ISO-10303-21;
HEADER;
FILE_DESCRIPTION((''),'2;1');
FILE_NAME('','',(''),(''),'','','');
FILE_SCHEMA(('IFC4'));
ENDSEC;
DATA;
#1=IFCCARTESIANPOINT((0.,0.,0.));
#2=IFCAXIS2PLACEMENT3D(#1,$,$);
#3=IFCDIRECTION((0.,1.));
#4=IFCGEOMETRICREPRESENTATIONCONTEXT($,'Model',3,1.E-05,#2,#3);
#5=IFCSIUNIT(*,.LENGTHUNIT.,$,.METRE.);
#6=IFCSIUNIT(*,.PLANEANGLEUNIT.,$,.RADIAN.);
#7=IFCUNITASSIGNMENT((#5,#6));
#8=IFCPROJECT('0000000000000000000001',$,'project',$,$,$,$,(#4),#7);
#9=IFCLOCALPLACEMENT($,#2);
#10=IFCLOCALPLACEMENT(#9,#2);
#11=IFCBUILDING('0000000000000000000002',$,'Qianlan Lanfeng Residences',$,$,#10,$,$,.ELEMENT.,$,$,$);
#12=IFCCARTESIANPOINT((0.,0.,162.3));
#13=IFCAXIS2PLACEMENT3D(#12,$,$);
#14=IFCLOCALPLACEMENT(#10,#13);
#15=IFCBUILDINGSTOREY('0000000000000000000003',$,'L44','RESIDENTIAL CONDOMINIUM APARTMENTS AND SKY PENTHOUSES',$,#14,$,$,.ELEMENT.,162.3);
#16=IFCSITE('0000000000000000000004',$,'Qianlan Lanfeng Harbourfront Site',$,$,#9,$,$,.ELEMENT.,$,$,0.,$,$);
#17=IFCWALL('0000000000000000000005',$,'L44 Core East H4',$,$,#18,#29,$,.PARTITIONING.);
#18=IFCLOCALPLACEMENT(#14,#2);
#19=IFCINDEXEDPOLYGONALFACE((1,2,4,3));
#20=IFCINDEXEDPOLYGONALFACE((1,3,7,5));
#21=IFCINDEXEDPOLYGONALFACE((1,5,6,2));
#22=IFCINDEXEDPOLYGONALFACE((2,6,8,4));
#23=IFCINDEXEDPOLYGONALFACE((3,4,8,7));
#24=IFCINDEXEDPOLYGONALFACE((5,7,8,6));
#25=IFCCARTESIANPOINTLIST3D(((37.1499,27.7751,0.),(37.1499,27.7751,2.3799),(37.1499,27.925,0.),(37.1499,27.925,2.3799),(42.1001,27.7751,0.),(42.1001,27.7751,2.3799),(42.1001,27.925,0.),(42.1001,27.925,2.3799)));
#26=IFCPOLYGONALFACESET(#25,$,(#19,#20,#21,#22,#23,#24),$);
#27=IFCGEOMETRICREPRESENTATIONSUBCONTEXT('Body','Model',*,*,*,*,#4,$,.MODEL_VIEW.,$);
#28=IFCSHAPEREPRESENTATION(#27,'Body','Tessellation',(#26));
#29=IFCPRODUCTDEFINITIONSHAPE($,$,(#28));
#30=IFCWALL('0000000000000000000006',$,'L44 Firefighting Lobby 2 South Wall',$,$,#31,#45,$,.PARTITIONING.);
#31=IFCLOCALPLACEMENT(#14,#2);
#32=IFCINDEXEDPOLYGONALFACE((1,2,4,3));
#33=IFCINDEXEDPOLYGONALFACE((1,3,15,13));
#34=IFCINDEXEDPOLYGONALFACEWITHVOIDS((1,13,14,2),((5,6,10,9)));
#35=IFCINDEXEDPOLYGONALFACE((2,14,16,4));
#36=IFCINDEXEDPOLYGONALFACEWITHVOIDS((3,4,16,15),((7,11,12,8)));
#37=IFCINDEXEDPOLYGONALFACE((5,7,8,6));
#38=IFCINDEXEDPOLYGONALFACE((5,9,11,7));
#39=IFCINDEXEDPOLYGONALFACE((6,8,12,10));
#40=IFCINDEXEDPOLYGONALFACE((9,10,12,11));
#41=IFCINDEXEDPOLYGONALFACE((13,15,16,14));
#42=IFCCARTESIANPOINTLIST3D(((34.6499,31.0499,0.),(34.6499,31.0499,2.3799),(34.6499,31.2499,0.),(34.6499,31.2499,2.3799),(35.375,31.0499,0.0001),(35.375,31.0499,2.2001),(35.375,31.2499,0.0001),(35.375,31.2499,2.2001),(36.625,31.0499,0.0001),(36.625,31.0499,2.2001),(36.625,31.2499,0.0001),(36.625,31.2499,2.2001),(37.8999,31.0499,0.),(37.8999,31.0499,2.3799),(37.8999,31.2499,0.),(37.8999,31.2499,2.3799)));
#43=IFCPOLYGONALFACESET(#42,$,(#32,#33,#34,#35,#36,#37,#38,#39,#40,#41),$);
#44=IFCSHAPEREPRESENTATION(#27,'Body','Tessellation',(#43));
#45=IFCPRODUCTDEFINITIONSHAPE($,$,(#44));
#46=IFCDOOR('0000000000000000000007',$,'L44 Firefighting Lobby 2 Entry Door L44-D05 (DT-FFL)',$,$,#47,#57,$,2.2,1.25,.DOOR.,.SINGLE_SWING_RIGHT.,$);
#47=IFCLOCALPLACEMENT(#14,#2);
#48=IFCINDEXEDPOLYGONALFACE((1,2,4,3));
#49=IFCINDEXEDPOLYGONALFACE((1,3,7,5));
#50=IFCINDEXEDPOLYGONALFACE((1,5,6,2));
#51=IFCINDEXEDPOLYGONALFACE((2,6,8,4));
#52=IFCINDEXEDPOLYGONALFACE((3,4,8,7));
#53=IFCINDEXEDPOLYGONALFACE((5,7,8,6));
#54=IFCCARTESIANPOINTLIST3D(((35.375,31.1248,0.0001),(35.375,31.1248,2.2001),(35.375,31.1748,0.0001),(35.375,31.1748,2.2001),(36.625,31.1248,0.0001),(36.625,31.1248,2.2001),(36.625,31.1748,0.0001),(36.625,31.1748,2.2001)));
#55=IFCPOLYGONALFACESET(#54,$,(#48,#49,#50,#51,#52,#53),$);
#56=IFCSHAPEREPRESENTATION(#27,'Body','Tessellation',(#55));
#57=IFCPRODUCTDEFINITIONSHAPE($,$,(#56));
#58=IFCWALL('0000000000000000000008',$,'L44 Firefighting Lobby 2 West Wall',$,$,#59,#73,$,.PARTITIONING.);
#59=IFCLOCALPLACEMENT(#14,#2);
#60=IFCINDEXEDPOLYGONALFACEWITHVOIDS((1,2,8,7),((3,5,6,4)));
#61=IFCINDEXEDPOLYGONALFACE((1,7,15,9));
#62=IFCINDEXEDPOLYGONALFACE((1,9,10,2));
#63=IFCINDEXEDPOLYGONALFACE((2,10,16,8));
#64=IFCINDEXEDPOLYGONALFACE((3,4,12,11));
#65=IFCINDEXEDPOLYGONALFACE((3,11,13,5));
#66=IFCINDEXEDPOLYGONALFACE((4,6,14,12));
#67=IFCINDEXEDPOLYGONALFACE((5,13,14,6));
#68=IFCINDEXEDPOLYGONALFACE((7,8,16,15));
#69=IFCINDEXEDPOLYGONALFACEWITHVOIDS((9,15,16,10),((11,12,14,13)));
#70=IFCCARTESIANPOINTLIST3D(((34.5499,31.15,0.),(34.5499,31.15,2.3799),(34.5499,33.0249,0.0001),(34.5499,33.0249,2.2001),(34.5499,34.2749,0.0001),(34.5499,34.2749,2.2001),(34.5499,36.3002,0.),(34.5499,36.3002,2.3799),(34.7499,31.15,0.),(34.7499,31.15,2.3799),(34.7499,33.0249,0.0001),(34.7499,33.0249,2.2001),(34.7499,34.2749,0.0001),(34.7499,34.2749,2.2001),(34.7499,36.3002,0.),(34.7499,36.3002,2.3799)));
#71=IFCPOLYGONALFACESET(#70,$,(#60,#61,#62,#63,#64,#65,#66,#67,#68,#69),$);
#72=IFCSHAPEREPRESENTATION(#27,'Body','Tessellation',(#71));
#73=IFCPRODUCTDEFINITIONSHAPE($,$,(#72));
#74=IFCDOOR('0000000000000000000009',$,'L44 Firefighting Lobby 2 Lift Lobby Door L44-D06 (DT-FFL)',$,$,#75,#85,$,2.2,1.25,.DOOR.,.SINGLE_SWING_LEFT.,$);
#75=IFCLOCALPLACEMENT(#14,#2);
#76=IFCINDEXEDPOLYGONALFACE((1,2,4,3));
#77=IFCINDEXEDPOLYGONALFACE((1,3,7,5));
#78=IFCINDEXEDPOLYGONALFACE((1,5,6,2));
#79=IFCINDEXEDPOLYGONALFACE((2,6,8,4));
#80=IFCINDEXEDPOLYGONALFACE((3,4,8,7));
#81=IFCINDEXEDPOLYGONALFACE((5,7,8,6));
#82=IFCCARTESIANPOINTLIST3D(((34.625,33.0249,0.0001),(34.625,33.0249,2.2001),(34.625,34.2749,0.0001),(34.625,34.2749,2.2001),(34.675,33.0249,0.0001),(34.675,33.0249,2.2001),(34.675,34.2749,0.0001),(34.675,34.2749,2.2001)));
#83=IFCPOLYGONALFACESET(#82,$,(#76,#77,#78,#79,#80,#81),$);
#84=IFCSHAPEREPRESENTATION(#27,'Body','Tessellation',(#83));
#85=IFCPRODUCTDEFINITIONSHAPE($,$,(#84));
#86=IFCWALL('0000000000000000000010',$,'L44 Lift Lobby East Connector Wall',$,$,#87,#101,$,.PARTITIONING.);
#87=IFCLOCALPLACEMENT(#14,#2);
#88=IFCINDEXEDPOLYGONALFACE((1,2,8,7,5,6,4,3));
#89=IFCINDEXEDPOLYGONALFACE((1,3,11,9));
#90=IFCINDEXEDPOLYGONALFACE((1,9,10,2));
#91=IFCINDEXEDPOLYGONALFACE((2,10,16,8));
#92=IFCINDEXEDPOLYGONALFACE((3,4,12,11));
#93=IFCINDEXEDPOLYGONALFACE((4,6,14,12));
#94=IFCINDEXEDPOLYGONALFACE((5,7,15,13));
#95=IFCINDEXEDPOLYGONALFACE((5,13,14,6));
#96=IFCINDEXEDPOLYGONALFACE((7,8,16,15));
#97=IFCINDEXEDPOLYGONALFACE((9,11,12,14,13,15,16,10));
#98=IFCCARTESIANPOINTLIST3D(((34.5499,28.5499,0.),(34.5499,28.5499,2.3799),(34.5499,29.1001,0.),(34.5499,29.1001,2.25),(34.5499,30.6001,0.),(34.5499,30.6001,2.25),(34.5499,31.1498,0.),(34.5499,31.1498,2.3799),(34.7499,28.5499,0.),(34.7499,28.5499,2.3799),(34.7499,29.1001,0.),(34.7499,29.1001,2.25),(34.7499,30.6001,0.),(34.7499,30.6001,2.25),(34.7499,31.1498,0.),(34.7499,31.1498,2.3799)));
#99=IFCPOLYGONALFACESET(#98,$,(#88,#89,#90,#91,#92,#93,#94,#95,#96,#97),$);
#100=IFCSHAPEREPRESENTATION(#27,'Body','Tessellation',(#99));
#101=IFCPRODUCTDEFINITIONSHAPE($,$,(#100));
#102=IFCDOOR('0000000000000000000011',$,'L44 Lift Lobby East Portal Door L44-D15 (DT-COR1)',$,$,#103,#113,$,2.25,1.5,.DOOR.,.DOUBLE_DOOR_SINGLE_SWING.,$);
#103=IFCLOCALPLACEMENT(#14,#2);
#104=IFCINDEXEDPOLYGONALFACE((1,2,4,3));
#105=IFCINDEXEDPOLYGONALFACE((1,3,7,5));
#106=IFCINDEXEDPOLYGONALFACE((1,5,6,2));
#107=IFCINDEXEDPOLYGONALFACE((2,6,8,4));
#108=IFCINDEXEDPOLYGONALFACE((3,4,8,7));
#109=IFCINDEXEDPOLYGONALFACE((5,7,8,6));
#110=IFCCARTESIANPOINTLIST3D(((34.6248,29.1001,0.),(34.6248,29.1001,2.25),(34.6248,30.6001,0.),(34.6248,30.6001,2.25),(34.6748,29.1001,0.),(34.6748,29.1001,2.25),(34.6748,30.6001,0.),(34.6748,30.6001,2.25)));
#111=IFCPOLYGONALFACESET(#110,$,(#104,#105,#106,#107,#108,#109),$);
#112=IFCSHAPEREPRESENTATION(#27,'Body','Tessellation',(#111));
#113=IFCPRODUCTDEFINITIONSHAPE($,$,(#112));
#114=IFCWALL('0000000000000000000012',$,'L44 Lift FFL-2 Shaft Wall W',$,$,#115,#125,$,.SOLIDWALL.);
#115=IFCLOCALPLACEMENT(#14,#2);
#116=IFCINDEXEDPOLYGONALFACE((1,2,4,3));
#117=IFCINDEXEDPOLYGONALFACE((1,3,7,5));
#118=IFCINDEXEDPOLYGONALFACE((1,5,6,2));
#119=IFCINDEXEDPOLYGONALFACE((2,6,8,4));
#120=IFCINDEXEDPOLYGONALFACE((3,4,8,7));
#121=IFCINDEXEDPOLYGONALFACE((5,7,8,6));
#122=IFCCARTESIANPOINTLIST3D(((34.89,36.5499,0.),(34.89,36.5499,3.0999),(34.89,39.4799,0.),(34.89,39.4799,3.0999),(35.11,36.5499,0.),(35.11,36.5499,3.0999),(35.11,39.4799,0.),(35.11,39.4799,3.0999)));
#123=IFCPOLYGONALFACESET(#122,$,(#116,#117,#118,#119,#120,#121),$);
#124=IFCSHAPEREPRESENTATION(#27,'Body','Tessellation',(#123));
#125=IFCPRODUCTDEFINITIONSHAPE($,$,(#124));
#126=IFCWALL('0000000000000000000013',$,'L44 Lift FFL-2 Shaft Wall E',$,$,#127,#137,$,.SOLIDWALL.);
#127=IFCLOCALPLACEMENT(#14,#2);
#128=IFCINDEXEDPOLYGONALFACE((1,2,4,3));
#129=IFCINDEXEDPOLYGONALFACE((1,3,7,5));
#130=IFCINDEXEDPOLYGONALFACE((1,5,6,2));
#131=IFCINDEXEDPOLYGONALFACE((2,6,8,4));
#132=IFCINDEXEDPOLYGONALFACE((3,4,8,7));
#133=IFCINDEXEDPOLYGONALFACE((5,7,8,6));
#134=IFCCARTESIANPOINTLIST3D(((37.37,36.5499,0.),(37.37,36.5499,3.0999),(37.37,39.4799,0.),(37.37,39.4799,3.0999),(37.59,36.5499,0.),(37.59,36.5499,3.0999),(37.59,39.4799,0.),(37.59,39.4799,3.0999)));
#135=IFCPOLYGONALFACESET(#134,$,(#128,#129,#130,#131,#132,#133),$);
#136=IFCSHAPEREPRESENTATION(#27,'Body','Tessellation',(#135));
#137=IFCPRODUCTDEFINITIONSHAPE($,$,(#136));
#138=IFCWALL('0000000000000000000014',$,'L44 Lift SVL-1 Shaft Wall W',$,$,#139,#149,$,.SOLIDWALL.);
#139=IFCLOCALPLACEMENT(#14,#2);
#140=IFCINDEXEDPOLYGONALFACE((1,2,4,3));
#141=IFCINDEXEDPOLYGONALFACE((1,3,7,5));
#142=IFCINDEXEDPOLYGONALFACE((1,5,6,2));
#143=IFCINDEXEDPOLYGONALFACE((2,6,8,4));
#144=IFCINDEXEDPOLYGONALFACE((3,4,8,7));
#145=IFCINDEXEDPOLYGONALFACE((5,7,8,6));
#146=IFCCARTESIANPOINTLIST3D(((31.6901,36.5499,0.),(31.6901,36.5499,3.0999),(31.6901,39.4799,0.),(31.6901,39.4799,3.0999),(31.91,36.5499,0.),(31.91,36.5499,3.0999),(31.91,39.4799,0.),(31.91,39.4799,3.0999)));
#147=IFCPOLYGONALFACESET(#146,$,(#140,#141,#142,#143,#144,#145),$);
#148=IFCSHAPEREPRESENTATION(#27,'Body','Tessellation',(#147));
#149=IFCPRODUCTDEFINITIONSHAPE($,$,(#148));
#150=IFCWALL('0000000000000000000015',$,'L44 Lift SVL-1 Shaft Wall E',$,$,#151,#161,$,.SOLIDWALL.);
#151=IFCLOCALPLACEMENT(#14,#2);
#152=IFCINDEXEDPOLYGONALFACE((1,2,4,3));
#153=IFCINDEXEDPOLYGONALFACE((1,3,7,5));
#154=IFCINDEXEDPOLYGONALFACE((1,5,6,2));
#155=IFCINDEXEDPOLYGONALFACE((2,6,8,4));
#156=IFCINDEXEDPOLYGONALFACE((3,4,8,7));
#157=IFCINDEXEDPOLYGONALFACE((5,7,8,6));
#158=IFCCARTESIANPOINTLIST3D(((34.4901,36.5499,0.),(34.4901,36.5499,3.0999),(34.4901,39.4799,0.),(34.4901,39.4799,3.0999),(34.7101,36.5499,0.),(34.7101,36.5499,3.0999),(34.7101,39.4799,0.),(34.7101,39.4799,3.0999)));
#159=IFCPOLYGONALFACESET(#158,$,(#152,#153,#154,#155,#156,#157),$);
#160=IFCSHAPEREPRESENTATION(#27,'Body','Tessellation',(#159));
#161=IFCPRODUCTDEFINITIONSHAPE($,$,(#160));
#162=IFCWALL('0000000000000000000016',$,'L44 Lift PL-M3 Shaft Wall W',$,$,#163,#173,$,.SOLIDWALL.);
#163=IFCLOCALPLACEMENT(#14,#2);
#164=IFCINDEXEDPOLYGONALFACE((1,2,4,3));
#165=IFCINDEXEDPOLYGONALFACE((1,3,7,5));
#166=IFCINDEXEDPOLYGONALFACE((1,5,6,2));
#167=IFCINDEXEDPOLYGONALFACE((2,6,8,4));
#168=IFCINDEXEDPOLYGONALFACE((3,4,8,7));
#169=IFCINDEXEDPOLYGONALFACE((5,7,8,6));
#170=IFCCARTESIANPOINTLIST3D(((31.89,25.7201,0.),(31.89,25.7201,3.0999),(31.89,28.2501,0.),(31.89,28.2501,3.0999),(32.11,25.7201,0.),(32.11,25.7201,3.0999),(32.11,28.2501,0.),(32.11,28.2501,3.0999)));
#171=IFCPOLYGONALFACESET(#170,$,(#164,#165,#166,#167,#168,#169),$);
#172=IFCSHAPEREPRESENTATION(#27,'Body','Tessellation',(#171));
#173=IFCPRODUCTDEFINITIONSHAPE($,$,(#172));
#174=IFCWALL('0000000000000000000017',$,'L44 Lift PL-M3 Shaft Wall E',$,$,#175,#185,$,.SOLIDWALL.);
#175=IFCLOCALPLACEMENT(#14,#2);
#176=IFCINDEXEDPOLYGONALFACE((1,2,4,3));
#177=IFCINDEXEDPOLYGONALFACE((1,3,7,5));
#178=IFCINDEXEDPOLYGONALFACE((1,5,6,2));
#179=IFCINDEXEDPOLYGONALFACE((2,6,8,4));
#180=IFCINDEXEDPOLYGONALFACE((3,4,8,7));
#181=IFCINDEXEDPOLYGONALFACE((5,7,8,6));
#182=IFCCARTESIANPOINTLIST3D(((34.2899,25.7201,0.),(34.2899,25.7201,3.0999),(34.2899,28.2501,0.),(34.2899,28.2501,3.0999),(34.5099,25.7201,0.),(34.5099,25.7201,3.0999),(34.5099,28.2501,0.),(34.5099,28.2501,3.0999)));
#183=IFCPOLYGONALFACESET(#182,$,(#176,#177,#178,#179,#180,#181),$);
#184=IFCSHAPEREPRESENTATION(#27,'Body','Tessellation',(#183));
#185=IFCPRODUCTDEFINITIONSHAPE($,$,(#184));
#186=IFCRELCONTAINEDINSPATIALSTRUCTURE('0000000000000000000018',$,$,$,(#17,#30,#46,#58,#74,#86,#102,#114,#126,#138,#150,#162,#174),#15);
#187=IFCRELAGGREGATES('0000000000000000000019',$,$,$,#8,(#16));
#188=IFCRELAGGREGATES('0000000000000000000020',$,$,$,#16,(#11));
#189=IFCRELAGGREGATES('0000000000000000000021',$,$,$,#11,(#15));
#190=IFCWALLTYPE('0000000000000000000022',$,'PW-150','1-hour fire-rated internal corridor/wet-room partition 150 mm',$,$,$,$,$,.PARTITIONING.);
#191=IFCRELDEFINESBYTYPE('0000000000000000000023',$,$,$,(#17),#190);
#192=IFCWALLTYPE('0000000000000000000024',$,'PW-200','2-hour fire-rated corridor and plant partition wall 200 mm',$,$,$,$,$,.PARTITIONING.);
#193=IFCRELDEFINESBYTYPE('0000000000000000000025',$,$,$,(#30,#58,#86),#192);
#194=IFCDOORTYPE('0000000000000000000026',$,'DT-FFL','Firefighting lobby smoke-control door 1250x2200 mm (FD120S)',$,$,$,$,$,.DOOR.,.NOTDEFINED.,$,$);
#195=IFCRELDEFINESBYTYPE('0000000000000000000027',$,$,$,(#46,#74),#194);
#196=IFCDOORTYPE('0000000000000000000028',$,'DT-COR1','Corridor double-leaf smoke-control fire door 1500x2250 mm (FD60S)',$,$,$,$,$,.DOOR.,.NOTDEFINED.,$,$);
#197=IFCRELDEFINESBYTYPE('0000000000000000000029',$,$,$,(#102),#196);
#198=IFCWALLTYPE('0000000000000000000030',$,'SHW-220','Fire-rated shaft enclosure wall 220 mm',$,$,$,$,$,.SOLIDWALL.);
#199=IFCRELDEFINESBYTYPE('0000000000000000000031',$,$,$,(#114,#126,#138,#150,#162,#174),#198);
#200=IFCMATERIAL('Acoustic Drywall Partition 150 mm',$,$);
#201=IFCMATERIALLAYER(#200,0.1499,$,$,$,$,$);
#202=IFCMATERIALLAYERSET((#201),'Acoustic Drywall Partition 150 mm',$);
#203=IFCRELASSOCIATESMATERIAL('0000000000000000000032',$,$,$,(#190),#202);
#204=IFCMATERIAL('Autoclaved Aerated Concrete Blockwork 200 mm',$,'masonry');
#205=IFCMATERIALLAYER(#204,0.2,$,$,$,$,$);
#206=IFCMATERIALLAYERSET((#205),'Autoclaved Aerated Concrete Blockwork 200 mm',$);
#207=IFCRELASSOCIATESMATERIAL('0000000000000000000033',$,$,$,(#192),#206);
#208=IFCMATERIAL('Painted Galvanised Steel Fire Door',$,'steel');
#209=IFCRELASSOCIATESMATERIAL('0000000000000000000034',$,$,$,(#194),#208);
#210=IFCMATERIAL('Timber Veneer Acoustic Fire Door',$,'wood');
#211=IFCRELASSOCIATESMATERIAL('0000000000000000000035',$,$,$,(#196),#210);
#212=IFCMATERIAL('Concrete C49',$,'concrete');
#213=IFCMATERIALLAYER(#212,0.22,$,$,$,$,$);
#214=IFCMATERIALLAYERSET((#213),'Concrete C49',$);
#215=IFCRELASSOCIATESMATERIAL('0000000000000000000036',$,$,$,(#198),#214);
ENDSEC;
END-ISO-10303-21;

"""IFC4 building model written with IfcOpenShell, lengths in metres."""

from ifc_helpers import new_model, si_unit, direction, frame, frame_2d, origin, place, context, subcontext, project, spatial, rectangle, extrude, material, layer, layer_set, type_object, element, fill, save


model = new_model("IFC4")

# Units and contexts
model_context = context("Model", 3, precision=1e-05, world=origin(), true_north=direction((0.0, 1.0)))
body_context = subcontext(model_context, "Body", "Model", "MODEL_VIEW")
ifc_project = project(units=[si_unit("LENGTHUNIT", "METRE"), si_unit("PLANEANGLEUNIT", "RADIAN")], contexts=[model_context])

# Site, building, storey
site_placement = place(None, origin())
site = spatial("IfcSite", under=ifc_project, at=site_placement, Name="Qianlan Lanfeng Harbourfront Site", CompositionType="ELEMENT", RefElevation=0.0)
building_placement = place(site_placement, origin())
building = spatial("IfcBuilding", under=site, at=building_placement, Name="Qianlan Lanfeng Residences", CompositionType="ELEMENT")
storey_placement = place(building_placement, frame((0.0, 0.0, 162.3)))
storey = spatial("IfcBuildingStorey", under=building, at=storey_placement, Name="L44", Description="RESIDENTIAL CONDOMINIUM APARTMENTS AND SKY PENTHOUSES", CompositionType="ELEMENT", Elevation=162.3)

# Wall
ifc_material_1 = material(Name="Acoustic Drywall Partition 150 mm")
ifc_layer_1 = layer(ifc_material_1, 0.1499)
ifc_layer_set_1 = layer_set([ifc_layer_1], Name="Acoustic Drywall Partition 150 mm")
wall_type_1 = type_object("IfcWallType", Name="PW-150", Description="1-hour fire-rated internal corridor/wet-room partition 150 mm", PredefinedType="PARTITIONING", material=ifc_layer_set_1)
wall_1_placement = place(storey_placement, frame((37.1499, 27.8501, 0.0), z_axis=(0.0, 0.0, 1.0), x_axis=(1.0, 0.0, 0.0)))
element("IfcWall", 1, at=wall_1_placement, inside=storey, type_object=wall_type_1, Name="L44 Core East H4", PredefinedType="PARTITIONING", context=body_context, shape_type="SweptSolid", body=[
    extrude(rectangle(XDim=4.9502, YDim=0.1499, at=frame_2d((2.4751, 0.0))), origin(), (0.0, 0.0, 1.0), 2.3799),
])

# Walls, openings, doors
ifc_material_2 = material(Name="Autoclaved Aerated Concrete Blockwork 200 mm", Category="masonry")
ifc_layer_2 = layer(ifc_material_2, 0.2)
ifc_layer_set_2 = layer_set([ifc_layer_2], Name="Autoclaved Aerated Concrete Blockwork 200 mm")
wall_type_2 = type_object("IfcWallType", Name="PW-200", Description="2-hour fire-rated corridor and plant partition wall 200 mm", PredefinedType="PARTITIONING", material=ifc_layer_set_2)
wall_2_placement = place(storey_placement, frame((34.6499, 31.1499, 0.0), z_axis=(0.0, 0.0, 1.0), x_axis=(1.0, 0.0, 0.0)))
wall_2 = element("IfcWall", 2, at=wall_2_placement, inside=storey, type_object=wall_type_2, Name="L44 Firefighting Lobby 2 South Wall", PredefinedType="PARTITIONING", context=body_context, shape_type="SweptSolid", body=[
    extrude(rectangle(XDim=3.25, YDim=0.2, at=frame_2d((1.625, 0.0))), origin(), (0.0, 0.0, 1.0), 2.3799),
])
opening_1_placement = place(wall_2_placement, frame((0.7251, 0.0, 0.0)))
opening_1 = element("IfcOpeningElement", 3, at=opening_1_placement, cuts=wall_2, PredefinedType="OPENING", context=body_context, shape_type="SweptSolid", body=[
    extrude(rectangle(XDim=1.25, YDim=2.2, at=frame_2d((0.625, 1.1001))), frame((0.0, 0.1099, 0.0), z_axis=(0.0, -1.0, 0.0), x_axis=(1.0, 0.0, 0.0)), (0.0, 0.0, 1.0), 0.22),
])
ifc_material_3 = material(Name="Painted Galvanised Steel Fire Door", Category="steel")
door_type_1 = type_object("IfcDoorType", Name="DT-FFL", Description="Firefighting lobby smoke-control door 1250x2200 mm (FD120S)", OperationType="NOTDEFINED", PredefinedType="DOOR", material=ifc_material_3)
door_1_placement = place(opening_1_placement, origin())
door_1 = element("IfcDoor", 4, at=door_1_placement, inside=storey, type_object=door_type_1, Name="L44 Firefighting Lobby 2 Entry Door L44-D05 (DT-FFL)", OperationType="SINGLE_SWING_RIGHT", OverallHeight=2.2, OverallWidth=1.25, PredefinedType="DOOR", context=body_context, shape_type="SweptSolid", body=[
    extrude(rectangle(XDim=1.25, YDim=2.2, at=frame_2d((0.625, 1.1001))), frame((0.0, 0.0249, 0.0), z_axis=(0.0, -1.0, 0.0), x_axis=(1.0, 0.0, 0.0)), (0.0, 0.0, 1.0), 0.05),
])
fill(opening_1, door_1)
wall_3_placement = place(storey_placement, frame((34.6499, 31.1499, 0.0), z_axis=(0.0, 0.0, 1.0), x_axis=(0.0, 1.0, 0.0)))
wall_3 = element("IfcWall", 5, at=wall_3_placement, inside=storey, type_object=wall_type_2, Name="L44 Firefighting Lobby 2 West Wall", PredefinedType="PARTITIONING", context=body_context, shape_type="SweptSolid", body=[
    extrude(rectangle(XDim=5.1501, YDim=0.2, at=frame_2d((2.5752, 0.0))), origin(), (0.0, 0.0, 1.0), 2.3799),
])
opening_2_placement = place(wall_3_placement, frame((1.875, 0.0, 0.0)))
opening_2 = element("IfcOpeningElement", 6, at=opening_2_placement, cuts=wall_3, PredefinedType="OPENING", context=body_context, shape_type="SweptSolid", body=[
    extrude(rectangle(XDim=1.25, YDim=2.2, at=frame_2d((0.625, 1.1001))), frame((0.0, 0.1099, 0.0), z_axis=(0.0, -1.0, 0.0), x_axis=(1.0, 0.0, 0.0)), (0.0, 0.0, 1.0), 0.22),
])
door_2_placement = place(opening_2_placement, origin())
door_2 = element("IfcDoor", 7, at=door_2_placement, inside=storey, type_object=door_type_1, Name="L44 Firefighting Lobby 2 Lift Lobby Door L44-D06 (DT-FFL)", OperationType="SINGLE_SWING_LEFT", OverallHeight=2.2, OverallWidth=1.25, PredefinedType="DOOR", context=body_context, shape_type="SweptSolid", body=[
    extrude(rectangle(XDim=1.25, YDim=2.2, at=frame_2d((0.625, 1.1001))), frame((0.0, 0.0249, 0.0), z_axis=(0.0, -1.0, 0.0), x_axis=(1.0, 0.0, 0.0)), (0.0, 0.0, 1.0), 0.05),
])
fill(opening_2, door_2)
wall_4_placement = place(storey_placement, frame((34.6499, 28.55, 0.0), z_axis=(0.0, 0.0, 1.0), x_axis=(0.0, 1.0, 0.0)))
wall_4 = element("IfcWall", 8, at=wall_4_placement, inside=storey, type_object=wall_type_2, Name="L44 Lift Lobby East Connector Wall", PredefinedType="PARTITIONING", context=body_context, shape_type="SweptSolid", body=[
    extrude(rectangle(XDim=2.5999, YDim=0.2, at=frame_2d((1.2998, 0.0))), origin(), (0.0, 0.0, 1.0), 2.3799),
])
opening_3_placement = place(wall_4_placement, frame((0.55, 0.0, 0.0)))
opening_3 = element("IfcOpeningElement", 9, at=opening_3_placement, cuts=wall_4, PredefinedType="OPENING", context=body_context, shape_type="SweptSolid", body=[
    extrude(rectangle(XDim=1.5, YDim=2.25, at=frame_2d((0.75, 1.125))), frame((0.0, 0.1099, 0.0), z_axis=(0.0, -1.0, 0.0), x_axis=(1.0, 0.0, 0.0)), (0.0, 0.0, 1.0), 0.22),
])
ifc_material_4 = material(Name="Timber Veneer Acoustic Fire Door", Category="wood")
door_type_2 = type_object("IfcDoorType", Name="DT-COR1", Description="Corridor double-leaf smoke-control fire door 1500x2250 mm (FD60S)", OperationType="NOTDEFINED", PredefinedType="DOOR", material=ifc_material_4)
door_3_placement = place(opening_3_placement, frame((1.5, 0.0, 0.0), z_axis=(0.0, 0.0, 1.0), x_axis=(-1.0, 0.0, 0.0)))
door_3 = element("IfcDoor", 10, at=door_3_placement, inside=storey, type_object=door_type_2, Name="L44 Lift Lobby East Portal Door L44-D15 (DT-COR1)", OperationType="DOUBLE_DOOR_SINGLE_SWING", OverallHeight=2.25, OverallWidth=1.5, PredefinedType="DOOR", context=body_context, shape_type="SweptSolid", body=[
    extrude(rectangle(XDim=1.5, YDim=2.25, at=frame_2d((0.75, 1.125))), frame((0.0, 0.0249, 0.0), z_axis=(0.0, -1.0, 0.0), x_axis=(1.0, 0.0, 0.0)), (0.0, 0.0, 1.0), 0.05),
])
fill(opening_3, door_3)

# Walls
ifc_material_5 = material(Name="Concrete C49", Category="concrete")
ifc_layer_3 = layer(ifc_material_5, 0.22)
ifc_layer_set_3 = layer_set([ifc_layer_3], Name="Concrete C49")
wall_type_3 = type_object("IfcWallType", Name="SHW-220", Description="Fire-rated shaft enclosure wall 220 mm", PredefinedType="SOLIDWALL", material=ifc_layer_set_3)
for number, where, z_axis, x_axis, name in (
    (11, (35.0, 36.55, 0.0), (0.0, 0.0, 1.0), (0.0, 1.0, 0.0), "L44 Lift FFL-2 Shaft Wall W"),
    (12, (37.48, 36.55, 0.0), (0.0, 0.0, 1.0), (0.0, 1.0, 0.0), "L44 Lift FFL-2 Shaft Wall E"),
    (13, (31.8, 36.55, 0.0), (0.0, 0.0, 1.0), (0.0, 1.0, 0.0), "L44 Lift SVL-1 Shaft Wall W"),
    (14, (34.6001, 36.55, 0.0), (0.0, 0.0, 1.0), (0.0, 1.0, 0.0), "L44 Lift SVL-1 Shaft Wall E"),
):
    element("IfcWall", number, at=place(storey_placement, frame(where, z_axis=z_axis, x_axis=x_axis)), inside=storey, type_object=wall_type_3, Name=name, PredefinedType="SOLIDWALL", context=body_context, shape_type="SweptSolid", body=[
        extrude(rectangle(XDim=2.9299, YDim=0.22, at=frame_2d((1.4648, 0.0))), origin(), (0.0, 0.0, 1.0), 3.0999),
    ])
for number, where, z_axis, x_axis, name in (
    (15, (32.0, 25.72, 0.0), (0.0, 0.0, 1.0), (0.0, 1.0, 0.0), "L44 Lift PL-M3 Shaft Wall W"),
    (16, (34.3999, 25.72, 0.0), (0.0, 0.0, 1.0), (0.0, 1.0, 0.0), "L44 Lift PL-M3 Shaft Wall E"),
):
    element("IfcWall", number, at=place(storey_placement, frame(where, z_axis=z_axis, x_axis=x_axis)), inside=storey, type_object=wall_type_3, Name=name, PredefinedType="SOLIDWALL", context=body_context, shape_type="SweptSolid", body=[
        extrude(rectangle(XDim=2.53, YDim=0.22, at=frame_2d((1.2651, 0.0))), origin(), (0.0, 0.0, 1.0), 3.0999),
    ])

save(model, "model.ifc")
